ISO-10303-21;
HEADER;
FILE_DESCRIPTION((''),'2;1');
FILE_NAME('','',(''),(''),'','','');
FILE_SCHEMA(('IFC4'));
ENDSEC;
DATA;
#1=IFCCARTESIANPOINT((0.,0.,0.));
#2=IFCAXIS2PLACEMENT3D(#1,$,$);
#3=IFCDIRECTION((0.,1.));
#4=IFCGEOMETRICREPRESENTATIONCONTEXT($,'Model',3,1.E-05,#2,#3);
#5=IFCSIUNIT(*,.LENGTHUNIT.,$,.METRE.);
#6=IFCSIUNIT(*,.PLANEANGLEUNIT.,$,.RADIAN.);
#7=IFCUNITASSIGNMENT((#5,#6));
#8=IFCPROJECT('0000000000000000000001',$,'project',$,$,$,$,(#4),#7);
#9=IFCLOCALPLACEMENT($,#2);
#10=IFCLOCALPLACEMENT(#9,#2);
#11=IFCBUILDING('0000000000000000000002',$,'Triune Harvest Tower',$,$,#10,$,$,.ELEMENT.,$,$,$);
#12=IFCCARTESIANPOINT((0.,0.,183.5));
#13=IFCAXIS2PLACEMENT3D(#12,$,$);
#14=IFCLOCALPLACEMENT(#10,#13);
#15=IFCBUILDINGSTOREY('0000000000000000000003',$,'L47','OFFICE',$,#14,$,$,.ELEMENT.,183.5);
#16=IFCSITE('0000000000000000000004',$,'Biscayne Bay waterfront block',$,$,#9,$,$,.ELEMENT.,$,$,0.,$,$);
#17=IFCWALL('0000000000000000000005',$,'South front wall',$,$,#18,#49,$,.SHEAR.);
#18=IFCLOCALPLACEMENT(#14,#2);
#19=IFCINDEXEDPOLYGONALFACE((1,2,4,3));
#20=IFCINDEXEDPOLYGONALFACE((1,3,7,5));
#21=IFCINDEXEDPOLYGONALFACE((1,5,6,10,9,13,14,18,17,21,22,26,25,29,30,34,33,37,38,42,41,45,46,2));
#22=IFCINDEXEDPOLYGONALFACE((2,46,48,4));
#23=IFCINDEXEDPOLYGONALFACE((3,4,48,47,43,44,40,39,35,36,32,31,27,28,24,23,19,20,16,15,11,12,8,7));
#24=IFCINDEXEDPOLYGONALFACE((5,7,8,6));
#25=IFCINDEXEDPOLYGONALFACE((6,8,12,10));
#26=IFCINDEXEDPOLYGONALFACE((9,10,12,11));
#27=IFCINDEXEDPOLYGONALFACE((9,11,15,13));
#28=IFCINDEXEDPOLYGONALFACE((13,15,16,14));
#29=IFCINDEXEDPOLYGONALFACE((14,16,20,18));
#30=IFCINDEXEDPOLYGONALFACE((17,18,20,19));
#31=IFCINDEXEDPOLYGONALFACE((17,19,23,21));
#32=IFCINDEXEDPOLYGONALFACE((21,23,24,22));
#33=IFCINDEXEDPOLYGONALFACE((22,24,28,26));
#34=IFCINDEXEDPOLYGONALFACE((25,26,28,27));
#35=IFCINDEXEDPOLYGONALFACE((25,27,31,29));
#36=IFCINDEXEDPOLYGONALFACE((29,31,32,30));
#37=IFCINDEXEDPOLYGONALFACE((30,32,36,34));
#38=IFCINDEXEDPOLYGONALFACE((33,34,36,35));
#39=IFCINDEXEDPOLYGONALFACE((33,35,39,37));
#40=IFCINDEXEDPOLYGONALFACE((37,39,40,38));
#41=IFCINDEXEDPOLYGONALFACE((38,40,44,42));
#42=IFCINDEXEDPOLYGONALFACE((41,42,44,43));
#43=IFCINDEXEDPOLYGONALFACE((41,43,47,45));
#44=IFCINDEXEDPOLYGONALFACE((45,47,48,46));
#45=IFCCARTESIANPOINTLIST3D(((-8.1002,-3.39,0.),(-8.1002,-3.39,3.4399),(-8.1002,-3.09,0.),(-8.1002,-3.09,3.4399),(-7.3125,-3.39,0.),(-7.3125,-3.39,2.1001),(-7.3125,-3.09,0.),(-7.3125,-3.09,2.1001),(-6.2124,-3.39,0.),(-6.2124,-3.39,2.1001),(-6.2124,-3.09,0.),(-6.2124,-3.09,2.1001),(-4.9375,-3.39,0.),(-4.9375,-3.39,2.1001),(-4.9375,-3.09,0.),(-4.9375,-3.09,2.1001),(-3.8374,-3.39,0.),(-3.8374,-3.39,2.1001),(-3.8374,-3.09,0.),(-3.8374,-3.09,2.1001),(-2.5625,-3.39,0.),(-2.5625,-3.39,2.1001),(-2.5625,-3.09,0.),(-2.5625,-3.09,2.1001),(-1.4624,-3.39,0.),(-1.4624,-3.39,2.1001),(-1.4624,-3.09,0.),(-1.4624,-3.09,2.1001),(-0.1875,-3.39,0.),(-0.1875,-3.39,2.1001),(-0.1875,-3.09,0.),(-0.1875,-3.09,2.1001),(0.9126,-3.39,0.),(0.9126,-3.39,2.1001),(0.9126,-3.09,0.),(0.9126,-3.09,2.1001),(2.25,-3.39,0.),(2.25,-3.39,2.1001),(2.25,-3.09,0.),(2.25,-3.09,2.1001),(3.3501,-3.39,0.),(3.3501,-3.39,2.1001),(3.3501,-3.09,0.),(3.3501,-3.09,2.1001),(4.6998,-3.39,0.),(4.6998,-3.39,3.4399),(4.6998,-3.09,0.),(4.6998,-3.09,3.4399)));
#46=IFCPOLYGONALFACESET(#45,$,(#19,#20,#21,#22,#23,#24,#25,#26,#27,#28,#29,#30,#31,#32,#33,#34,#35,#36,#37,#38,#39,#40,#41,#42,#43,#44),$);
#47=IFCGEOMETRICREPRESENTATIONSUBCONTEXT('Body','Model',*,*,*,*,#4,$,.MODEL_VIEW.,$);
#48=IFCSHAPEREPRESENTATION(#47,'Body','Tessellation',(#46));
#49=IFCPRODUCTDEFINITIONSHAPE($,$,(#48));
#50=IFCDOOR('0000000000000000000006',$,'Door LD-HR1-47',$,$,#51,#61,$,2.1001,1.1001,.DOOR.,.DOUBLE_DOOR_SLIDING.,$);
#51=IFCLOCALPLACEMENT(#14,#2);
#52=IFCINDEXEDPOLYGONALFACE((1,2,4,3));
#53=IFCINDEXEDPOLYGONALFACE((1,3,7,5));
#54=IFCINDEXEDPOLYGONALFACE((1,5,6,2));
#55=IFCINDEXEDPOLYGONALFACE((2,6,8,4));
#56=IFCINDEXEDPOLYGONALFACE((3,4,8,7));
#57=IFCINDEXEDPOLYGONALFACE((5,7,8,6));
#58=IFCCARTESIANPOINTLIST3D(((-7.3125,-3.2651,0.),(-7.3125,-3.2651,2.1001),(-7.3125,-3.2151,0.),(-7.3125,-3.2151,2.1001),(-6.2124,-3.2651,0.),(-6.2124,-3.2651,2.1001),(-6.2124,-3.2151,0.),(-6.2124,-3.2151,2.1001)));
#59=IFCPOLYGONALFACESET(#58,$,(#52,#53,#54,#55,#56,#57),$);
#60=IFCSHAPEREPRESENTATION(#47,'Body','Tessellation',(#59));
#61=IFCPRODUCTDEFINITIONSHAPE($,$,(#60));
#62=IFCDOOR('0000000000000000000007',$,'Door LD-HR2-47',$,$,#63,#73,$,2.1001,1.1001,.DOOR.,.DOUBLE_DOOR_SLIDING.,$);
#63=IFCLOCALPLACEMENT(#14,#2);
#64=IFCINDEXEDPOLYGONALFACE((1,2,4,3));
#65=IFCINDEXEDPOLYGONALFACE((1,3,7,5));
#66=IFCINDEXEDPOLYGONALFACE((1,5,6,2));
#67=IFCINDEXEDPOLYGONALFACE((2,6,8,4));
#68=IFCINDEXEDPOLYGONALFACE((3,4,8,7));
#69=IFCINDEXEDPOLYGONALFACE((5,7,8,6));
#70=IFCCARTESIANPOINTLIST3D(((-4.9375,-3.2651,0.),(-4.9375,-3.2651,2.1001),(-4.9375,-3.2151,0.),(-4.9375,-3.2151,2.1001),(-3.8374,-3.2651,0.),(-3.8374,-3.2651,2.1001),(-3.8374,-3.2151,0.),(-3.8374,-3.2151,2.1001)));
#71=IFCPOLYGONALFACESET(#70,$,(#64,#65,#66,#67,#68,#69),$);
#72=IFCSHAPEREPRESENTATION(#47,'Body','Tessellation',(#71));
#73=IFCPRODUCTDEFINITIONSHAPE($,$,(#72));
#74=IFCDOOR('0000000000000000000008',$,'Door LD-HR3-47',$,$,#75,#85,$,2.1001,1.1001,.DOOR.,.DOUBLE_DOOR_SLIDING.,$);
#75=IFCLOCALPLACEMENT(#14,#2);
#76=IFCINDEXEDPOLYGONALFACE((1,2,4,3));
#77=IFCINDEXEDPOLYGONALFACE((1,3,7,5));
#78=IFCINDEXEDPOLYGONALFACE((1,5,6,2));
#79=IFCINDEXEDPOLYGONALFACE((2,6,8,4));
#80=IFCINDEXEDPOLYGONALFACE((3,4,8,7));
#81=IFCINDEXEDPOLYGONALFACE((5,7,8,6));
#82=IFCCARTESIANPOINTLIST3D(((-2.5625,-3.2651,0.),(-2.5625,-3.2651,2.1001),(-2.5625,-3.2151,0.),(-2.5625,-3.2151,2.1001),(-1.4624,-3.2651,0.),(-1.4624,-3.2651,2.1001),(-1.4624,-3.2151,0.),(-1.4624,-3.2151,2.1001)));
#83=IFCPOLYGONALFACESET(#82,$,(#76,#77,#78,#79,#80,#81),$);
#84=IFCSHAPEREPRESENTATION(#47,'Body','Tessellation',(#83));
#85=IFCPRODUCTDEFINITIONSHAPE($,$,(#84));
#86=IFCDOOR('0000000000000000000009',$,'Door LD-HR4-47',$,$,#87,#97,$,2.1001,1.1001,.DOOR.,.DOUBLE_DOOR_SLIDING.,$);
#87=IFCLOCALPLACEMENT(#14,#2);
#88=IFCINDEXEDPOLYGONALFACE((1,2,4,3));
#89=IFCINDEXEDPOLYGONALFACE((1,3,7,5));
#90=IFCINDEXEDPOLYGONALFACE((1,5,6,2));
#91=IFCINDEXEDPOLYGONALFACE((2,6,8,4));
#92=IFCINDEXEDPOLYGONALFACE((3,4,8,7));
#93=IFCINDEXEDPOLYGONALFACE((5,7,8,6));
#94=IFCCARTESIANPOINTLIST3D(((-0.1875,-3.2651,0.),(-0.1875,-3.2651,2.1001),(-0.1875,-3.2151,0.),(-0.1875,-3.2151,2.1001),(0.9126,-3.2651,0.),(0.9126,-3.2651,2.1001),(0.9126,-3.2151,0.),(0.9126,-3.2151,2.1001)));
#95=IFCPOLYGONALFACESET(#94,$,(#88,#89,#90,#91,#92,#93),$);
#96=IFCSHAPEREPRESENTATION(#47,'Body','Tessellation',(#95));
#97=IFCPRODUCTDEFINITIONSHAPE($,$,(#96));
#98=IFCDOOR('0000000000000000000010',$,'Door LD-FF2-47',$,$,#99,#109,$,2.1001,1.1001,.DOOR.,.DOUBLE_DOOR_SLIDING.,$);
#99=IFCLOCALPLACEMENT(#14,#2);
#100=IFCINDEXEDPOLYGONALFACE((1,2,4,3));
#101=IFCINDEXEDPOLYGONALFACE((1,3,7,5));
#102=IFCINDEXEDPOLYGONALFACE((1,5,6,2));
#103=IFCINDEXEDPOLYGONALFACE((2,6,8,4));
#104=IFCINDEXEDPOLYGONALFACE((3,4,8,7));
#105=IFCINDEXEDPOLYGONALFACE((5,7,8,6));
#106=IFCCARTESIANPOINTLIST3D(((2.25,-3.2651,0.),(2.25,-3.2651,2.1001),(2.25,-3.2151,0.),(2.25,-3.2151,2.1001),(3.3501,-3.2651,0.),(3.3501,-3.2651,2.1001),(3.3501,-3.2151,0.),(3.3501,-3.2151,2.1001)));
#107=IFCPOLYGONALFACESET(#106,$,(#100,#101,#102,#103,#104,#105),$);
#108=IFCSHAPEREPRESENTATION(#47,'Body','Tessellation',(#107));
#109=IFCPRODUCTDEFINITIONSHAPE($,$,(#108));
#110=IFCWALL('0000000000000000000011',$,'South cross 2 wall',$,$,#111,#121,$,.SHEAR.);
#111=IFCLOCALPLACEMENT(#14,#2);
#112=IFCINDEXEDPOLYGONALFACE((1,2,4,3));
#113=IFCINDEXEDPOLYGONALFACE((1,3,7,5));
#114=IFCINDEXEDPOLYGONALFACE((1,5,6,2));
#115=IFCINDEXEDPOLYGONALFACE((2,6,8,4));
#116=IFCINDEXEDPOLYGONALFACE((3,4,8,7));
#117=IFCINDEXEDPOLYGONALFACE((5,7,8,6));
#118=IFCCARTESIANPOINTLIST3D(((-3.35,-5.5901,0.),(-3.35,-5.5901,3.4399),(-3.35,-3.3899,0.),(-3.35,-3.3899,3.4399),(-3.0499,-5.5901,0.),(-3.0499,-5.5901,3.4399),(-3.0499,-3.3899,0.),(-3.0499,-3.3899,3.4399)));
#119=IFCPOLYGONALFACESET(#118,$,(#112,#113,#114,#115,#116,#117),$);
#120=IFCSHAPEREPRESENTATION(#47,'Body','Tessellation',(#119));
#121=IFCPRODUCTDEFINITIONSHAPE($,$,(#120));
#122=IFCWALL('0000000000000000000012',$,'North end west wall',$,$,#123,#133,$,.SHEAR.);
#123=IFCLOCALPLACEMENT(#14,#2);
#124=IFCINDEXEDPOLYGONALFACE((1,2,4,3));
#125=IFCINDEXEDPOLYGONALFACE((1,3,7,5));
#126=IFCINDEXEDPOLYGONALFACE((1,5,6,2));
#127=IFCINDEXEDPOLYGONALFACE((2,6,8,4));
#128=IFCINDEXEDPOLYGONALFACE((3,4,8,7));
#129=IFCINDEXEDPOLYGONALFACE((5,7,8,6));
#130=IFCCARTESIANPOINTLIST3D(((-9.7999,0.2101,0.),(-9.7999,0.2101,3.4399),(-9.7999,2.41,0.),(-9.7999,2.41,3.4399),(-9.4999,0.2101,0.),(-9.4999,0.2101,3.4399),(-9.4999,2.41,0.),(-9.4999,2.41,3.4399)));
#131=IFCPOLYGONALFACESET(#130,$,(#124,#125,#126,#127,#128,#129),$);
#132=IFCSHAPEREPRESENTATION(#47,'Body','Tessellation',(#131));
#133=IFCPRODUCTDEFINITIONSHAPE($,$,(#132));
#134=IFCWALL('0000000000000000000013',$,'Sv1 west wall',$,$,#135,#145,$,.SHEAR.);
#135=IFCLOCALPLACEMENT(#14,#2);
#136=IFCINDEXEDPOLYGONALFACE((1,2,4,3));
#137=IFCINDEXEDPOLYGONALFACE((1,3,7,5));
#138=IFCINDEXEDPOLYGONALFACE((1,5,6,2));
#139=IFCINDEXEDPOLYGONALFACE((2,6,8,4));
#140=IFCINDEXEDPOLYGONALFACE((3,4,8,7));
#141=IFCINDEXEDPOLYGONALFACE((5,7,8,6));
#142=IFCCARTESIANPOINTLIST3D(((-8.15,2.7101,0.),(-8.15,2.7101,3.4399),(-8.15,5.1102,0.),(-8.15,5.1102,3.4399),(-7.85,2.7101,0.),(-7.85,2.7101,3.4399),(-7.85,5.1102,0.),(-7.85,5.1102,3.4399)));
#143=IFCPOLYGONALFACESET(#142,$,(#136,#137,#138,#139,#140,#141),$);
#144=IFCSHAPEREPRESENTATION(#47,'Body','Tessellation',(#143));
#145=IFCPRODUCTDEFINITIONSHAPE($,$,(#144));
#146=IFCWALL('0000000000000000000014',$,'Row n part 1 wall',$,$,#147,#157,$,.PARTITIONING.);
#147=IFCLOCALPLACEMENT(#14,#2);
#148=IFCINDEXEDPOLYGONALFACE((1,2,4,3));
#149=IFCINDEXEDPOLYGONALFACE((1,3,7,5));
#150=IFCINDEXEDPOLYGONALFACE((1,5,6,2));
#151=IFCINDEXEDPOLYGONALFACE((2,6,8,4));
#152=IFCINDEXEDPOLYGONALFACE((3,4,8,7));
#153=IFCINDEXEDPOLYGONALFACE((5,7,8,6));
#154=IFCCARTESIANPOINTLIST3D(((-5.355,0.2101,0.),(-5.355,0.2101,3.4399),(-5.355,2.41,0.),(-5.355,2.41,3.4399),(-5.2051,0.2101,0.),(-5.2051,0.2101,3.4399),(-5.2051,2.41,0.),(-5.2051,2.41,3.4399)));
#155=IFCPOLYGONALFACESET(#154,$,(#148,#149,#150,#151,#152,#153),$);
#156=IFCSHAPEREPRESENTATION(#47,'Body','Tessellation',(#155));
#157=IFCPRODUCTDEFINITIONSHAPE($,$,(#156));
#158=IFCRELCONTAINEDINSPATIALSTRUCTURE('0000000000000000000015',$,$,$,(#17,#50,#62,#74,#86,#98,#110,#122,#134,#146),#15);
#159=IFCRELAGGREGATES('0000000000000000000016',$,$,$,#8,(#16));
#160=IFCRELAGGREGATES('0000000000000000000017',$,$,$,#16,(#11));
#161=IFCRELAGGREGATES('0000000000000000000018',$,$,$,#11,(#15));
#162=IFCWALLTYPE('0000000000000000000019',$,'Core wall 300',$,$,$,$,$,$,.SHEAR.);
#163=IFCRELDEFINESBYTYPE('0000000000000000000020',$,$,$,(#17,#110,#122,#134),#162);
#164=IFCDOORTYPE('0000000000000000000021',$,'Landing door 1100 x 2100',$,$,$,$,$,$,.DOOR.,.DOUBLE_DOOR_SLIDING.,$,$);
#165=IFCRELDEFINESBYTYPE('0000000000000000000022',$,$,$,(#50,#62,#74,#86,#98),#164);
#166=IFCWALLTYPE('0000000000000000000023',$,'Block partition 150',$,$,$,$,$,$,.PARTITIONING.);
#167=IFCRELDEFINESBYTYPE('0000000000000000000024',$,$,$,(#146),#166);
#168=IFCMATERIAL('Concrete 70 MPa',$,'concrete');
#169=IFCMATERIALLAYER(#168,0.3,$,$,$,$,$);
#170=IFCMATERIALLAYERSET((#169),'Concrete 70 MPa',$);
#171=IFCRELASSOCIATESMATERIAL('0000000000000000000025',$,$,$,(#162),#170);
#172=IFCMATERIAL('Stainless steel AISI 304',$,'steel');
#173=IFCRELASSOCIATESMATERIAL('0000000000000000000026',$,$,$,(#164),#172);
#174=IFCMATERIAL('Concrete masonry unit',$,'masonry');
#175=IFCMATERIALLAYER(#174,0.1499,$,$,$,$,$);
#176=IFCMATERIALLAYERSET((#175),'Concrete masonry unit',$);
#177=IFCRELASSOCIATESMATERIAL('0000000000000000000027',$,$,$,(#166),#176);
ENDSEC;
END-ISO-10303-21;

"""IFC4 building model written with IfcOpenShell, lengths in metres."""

from ifc_helpers import new_model, si_unit, direction, frame, frame_2d, origin, place, context, subcontext, project, spatial, rectangle, extrude, source, transform, mapped, material, layer, layer_set, type_object, element, fill, save


model = new_model("IFC4")

# Units and contexts
model_context = context("Model", 3, precision=1e-05, world=origin(), true_north=direction((0.0, 1.0)))
body_context = subcontext(model_context, "Body", "Model", "MODEL_VIEW")
ifc_project = project(units=[si_unit("LENGTHUNIT", "METRE"), si_unit("PLANEANGLEUNIT", "RADIAN")], contexts=[model_context])

# Site, building, storey
site_placement = place(None, origin())
site = spatial("IfcSite", under=ifc_project, at=site_placement, Name="Biscayne Bay waterfront block", CompositionType="ELEMENT", RefElevation=0.0)
building_placement = place(site_placement, origin())
building = spatial("IfcBuilding", under=site, at=building_placement, Name="Triune Harvest Tower", CompositionType="ELEMENT")
storey_placement = place(building_placement, frame((0.0, 0.0, 183.5)))
storey = spatial("IfcBuildingStorey", under=building, at=storey_placement, Name="L47", Description="OFFICE", CompositionType="ELEMENT", Elevation=183.5)

# Shared definitions
ifc_material_1 = material(Name="Concrete 70 MPa", Category="concrete")
ifc_layer_1 = layer(ifc_material_1, 0.3)
ifc_layer_set_1 = layer_set([ifc_layer_1], Name="Concrete 70 MPa")
wall_type_1 = type_object("IfcWallType", Name="Core wall 300", PredefinedType="SHEAR", material=ifc_layer_set_1)

# Wall, openings, doors
shared_shape_1 = source(origin(), body_context, "Body", "SweptSolid", [
    extrude(rectangle(XDim=12.8, YDim=0.3, at=frame_2d((6.3999, 0.0))), origin(), (0.0, 0.0, 1.0), 3.4399),
])
wall_1_placement = place(storey_placement, frame((-8.1001, -3.24, 0.0), z_axis=(0.0, 0.0, 1.0), x_axis=(1.0, 0.0, 0.0)))
wall_1 = element("IfcWall", 1, at=wall_1_placement, inside=storey, type_object=wall_type_1, Name="South front wall", PredefinedType="SHEAR", context=body_context, shape_type="MappedRepresentation", body=[
    mapped(shared_shape_1, transform((0.0, 0.0, 0.0), scale=1.0)),
])
opening_1_placement = place(wall_1_placement, frame((0.7876, 0.0, 0.0)))
opening_1 = element("IfcOpeningElement", 2, at=opening_1_placement, cuts=wall_1, PredefinedType="OPENING", context=body_context, shape_type="SweptSolid", body=[
    extrude(rectangle(XDim=1.1001, YDim=2.1001, at=frame_2d((0.55, 1.05))), frame((0.0, 0.1602, 0.0), z_axis=(0.0, -1.0, 0.0), x_axis=(1.0, 0.0, 0.0)), (0.0, 0.0, 1.0), 0.3201),
])
opening_2_placement = place(wall_1_placement, frame((3.1626, 0.0, 0.0)))
opening_2 = element("IfcOpeningElement", 3, at=opening_2_placement, cuts=wall_1, PredefinedType="OPENING", context=body_context, shape_type="SweptSolid", body=[
    extrude(rectangle(XDim=1.1001, YDim=2.1001, at=frame_2d((0.55, 1.05))), frame((0.0, 0.1602, 0.0), z_axis=(0.0, -1.0, 0.0), x_axis=(1.0, 0.0, 0.0)), (0.0, 0.0, 1.0), 0.3201),
])
opening_3_placement = place(wall_1_placement, frame((5.5376, 0.0, 0.0)))
opening_3 = element("IfcOpeningElement", 4, at=opening_3_placement, cuts=wall_1, PredefinedType="OPENING", context=body_context, shape_type="SweptSolid", body=[
    extrude(rectangle(XDim=1.1001, YDim=2.1001, at=frame_2d((0.55, 1.05))), frame((0.0, 0.1602, 0.0), z_axis=(0.0, -1.0, 0.0), x_axis=(1.0, 0.0, 0.0)), (0.0, 0.0, 1.0), 0.3201),
])
opening_4_placement = place(wall_1_placement, frame((7.9126, 0.0, 0.0)))
opening_4 = element("IfcOpeningElement", 5, at=opening_4_placement, cuts=wall_1, PredefinedType="OPENING", context=body_context, shape_type="SweptSolid", body=[
    extrude(rectangle(XDim=1.1001, YDim=2.1001, at=frame_2d((0.55, 1.05))), frame((0.0, 0.1602, 0.0), z_axis=(0.0, -1.0, 0.0), x_axis=(1.0, 0.0, 0.0)), (0.0, 0.0, 1.0), 0.3201),
])
opening_5_placement = place(wall_1_placement, frame((10.3501, 0.0, 0.0)))
opening_5 = element("IfcOpeningElement", 6, at=opening_5_placement, cuts=wall_1, PredefinedType="OPENING", context=body_context, shape_type="SweptSolid", body=[
    extrude(rectangle(XDim=1.1001, YDim=2.1001, at=frame_2d((0.55, 1.05))), frame((0.0, 0.1602, 0.0), z_axis=(0.0, -1.0, 0.0), x_axis=(1.0, 0.0, 0.0)), (0.0, 0.0, 1.0), 0.3201),
])
ifc_material_2 = material(Name="Stainless steel AISI 304", Category="steel")
door_type_1 = type_object("IfcDoorType", Name="Landing door 1100 x 2100", OperationType="DOUBLE_DOOR_SLIDING", PredefinedType="DOOR", material=ifc_material_2)
door_1_placement = place(opening_1_placement, origin())
door_1 = element("IfcDoor", 7, at=door_1_placement, inside=storey, type_object=door_type_1, Name="Door LD-HR1-47", OperationType="DOUBLE_DOOR_SLIDING", OverallHeight=2.1001, OverallWidth=1.1001, PredefinedType="DOOR", context=body_context, shape_type="SweptSolid", body=[
    extrude(rectangle(XDim=1.1001, YDim=2.1001, at=frame_2d((0.55, 1.05))), frame((0.0, 0.0249, 0.0), z_axis=(0.0, -1.0, 0.0), x_axis=(1.0, 0.0, 0.0)), (0.0, 0.0, 1.0), 0.05),
])
fill(opening_1, door_1)
door_2_placement = place(opening_2_placement, origin())
door_2 = element("IfcDoor", 8, at=door_2_placement, inside=storey, type_object=door_type_1, Name="Door LD-HR2-47", OperationType="DOUBLE_DOOR_SLIDING", OverallHeight=2.1001, OverallWidth=1.1001, PredefinedType="DOOR", context=body_context, shape_type="SweptSolid", body=[
    extrude(rectangle(XDim=1.1001, YDim=2.1001, at=frame_2d((0.55, 1.05))), frame((0.0, 0.0249, 0.0), z_axis=(0.0, -1.0, 0.0), x_axis=(1.0, 0.0, 0.0)), (0.0, 0.0, 1.0), 0.05),
])
fill(opening_2, door_2)
door_3_placement = place(opening_3_placement, origin())
door_3 = element("IfcDoor", 9, at=door_3_placement, inside=storey, type_object=door_type_1, Name="Door LD-HR3-47", OperationType="DOUBLE_DOOR_SLIDING", OverallHeight=2.1001, OverallWidth=1.1001, PredefinedType="DOOR", context=body_context, shape_type="SweptSolid", body=[
    extrude(rectangle(XDim=1.1001, YDim=2.1001, at=frame_2d((0.55, 1.05))), frame((0.0, 0.0249, 0.0), z_axis=(0.0, -1.0, 0.0), x_axis=(1.0, 0.0, 0.0)), (0.0, 0.0, 1.0), 0.05),
])
fill(opening_3, door_3)
door_4_placement = place(opening_4_placement, origin())
door_4 = element("IfcDoor", 10, at=door_4_placement, inside=storey, type_object=door_type_1, Name="Door LD-HR4-47", OperationType="DOUBLE_DOOR_SLIDING", OverallHeight=2.1001, OverallWidth=1.1001, PredefinedType="DOOR", context=body_context, shape_type="SweptSolid", body=[
    extrude(rectangle(XDim=1.1001, YDim=2.1001, at=frame_2d((0.55, 1.05))), frame((0.0, 0.0249, 0.0), z_axis=(0.0, -1.0, 0.0), x_axis=(1.0, 0.0, 0.0)), (0.0, 0.0, 1.0), 0.05),
])
fill(opening_4, door_4)
door_5_placement = place(opening_5_placement, origin())
door_5 = element("IfcDoor", 11, at=door_5_placement, inside=storey, type_object=door_type_1, Name="Door LD-FF2-47", OperationType="DOUBLE_DOOR_SLIDING", OverallHeight=2.1001, OverallWidth=1.1001, PredefinedType="DOOR", context=body_context, shape_type="SweptSolid", body=[
    extrude(rectangle(XDim=1.1001, YDim=2.1001, at=frame_2d((0.55, 1.05))), frame((0.0, 0.0249, 0.0), z_axis=(0.0, -1.0, 0.0), x_axis=(1.0, 0.0, 0.0)), (0.0, 0.0, 1.0), 0.05),
])
fill(opening_5, door_5)

# Walls
shared_shape_2 = source(origin(), body_context, "Body", "SweptSolid", [
    extrude(rectangle(XDim=2.2002, YDim=0.3, at=frame_2d((1.1001, 0.0))), origin(), (0.0, 0.0, 1.0), 3.4399),
])
wall_2_placement = place(storey_placement, frame((-3.2, -5.5901, 0.0), z_axis=(0.0, 0.0, 1.0), x_axis=(0.0, 1.0, 0.0)))
element("IfcWall", 12, at=wall_2_placement, inside=storey, type_object=wall_type_1, Name="South cross 2 wall", PredefinedType="SHEAR", context=body_context, shape_type="MappedRepresentation", body=[
    mapped(shared_shape_2, transform((0.0, 0.0, 0.0), scale=1.0)),
])
shared_shape_3 = source(origin(), body_context, "Body", "SweptSolid", [
    extrude(rectangle(XDim=2.2, YDim=0.3, at=frame_2d((1.1001, 0.0))), origin(), (0.0, 0.0, 1.0), 3.4399),
])
wall_3_placement = place(storey_placement, frame((-9.6499, 0.21, 0.0), z_axis=(0.0, 0.0, 1.0), x_axis=(0.0, 1.0, 0.0)))
element("IfcWall", 13, at=wall_3_placement, inside=storey, type_object=wall_type_1, Name="North end west wall", PredefinedType="SHEAR", context=body_context, shape_type="MappedRepresentation", body=[
    mapped(shared_shape_3, transform((0.0, 0.0, 0.0), scale=1.0)),
])
shared_shape_4 = source(origin(), body_context, "Body", "SweptSolid", [
    extrude(rectangle(XDim=2.4001, YDim=0.3, at=frame_2d((1.2002, 0.0))), origin(), (0.0, 0.0, 1.0), 3.4399),
])
wall_4_placement = place(storey_placement, frame((-8.0, 2.71, 0.0), z_axis=(0.0, 0.0, 1.0), x_axis=(0.0, 1.0, 0.0)))
element("IfcWall", 14, at=wall_4_placement, inside=storey, type_object=wall_type_1, Name="Sv1 west wall", PredefinedType="SHEAR", context=body_context, shape_type="MappedRepresentation", body=[
    mapped(shared_shape_4, transform((0.0, 0.0, 0.0), scale=1.0)),
])
ifc_material_3 = material(Name="Concrete masonry unit", Category="masonry")
ifc_layer_2 = layer(ifc_material_3, 0.1499)
ifc_layer_set_2 = layer_set([ifc_layer_2], Name="Concrete masonry unit")
wall_type_2 = type_object("IfcWallType", Name="Block partition 150", PredefinedType="PARTITIONING", material=ifc_layer_set_2)
shared_shape_5 = source(origin(), body_context, "Body", "SweptSolid", [
    extrude(rectangle(XDim=2.2, YDim=0.1499, at=frame_2d((1.1001, 0.0))), origin(), (0.0, 0.0, 1.0), 3.4399),
])
wall_5_placement = place(storey_placement, frame((-5.28, 0.21, 0.0), z_axis=(0.0, 0.0, 1.0), x_axis=(0.0, 1.0, 0.0)))
element("IfcWall", 15, at=wall_5_placement, inside=storey, type_object=wall_type_2, Name="Row n part 1 wall", PredefinedType="PARTITIONING", context=body_context, shape_type="MappedRepresentation", body=[
    mapped(shared_shape_5, transform((0.0, 0.0, 0.0), scale=1.0)),
])

save(model, "model.ifc")
